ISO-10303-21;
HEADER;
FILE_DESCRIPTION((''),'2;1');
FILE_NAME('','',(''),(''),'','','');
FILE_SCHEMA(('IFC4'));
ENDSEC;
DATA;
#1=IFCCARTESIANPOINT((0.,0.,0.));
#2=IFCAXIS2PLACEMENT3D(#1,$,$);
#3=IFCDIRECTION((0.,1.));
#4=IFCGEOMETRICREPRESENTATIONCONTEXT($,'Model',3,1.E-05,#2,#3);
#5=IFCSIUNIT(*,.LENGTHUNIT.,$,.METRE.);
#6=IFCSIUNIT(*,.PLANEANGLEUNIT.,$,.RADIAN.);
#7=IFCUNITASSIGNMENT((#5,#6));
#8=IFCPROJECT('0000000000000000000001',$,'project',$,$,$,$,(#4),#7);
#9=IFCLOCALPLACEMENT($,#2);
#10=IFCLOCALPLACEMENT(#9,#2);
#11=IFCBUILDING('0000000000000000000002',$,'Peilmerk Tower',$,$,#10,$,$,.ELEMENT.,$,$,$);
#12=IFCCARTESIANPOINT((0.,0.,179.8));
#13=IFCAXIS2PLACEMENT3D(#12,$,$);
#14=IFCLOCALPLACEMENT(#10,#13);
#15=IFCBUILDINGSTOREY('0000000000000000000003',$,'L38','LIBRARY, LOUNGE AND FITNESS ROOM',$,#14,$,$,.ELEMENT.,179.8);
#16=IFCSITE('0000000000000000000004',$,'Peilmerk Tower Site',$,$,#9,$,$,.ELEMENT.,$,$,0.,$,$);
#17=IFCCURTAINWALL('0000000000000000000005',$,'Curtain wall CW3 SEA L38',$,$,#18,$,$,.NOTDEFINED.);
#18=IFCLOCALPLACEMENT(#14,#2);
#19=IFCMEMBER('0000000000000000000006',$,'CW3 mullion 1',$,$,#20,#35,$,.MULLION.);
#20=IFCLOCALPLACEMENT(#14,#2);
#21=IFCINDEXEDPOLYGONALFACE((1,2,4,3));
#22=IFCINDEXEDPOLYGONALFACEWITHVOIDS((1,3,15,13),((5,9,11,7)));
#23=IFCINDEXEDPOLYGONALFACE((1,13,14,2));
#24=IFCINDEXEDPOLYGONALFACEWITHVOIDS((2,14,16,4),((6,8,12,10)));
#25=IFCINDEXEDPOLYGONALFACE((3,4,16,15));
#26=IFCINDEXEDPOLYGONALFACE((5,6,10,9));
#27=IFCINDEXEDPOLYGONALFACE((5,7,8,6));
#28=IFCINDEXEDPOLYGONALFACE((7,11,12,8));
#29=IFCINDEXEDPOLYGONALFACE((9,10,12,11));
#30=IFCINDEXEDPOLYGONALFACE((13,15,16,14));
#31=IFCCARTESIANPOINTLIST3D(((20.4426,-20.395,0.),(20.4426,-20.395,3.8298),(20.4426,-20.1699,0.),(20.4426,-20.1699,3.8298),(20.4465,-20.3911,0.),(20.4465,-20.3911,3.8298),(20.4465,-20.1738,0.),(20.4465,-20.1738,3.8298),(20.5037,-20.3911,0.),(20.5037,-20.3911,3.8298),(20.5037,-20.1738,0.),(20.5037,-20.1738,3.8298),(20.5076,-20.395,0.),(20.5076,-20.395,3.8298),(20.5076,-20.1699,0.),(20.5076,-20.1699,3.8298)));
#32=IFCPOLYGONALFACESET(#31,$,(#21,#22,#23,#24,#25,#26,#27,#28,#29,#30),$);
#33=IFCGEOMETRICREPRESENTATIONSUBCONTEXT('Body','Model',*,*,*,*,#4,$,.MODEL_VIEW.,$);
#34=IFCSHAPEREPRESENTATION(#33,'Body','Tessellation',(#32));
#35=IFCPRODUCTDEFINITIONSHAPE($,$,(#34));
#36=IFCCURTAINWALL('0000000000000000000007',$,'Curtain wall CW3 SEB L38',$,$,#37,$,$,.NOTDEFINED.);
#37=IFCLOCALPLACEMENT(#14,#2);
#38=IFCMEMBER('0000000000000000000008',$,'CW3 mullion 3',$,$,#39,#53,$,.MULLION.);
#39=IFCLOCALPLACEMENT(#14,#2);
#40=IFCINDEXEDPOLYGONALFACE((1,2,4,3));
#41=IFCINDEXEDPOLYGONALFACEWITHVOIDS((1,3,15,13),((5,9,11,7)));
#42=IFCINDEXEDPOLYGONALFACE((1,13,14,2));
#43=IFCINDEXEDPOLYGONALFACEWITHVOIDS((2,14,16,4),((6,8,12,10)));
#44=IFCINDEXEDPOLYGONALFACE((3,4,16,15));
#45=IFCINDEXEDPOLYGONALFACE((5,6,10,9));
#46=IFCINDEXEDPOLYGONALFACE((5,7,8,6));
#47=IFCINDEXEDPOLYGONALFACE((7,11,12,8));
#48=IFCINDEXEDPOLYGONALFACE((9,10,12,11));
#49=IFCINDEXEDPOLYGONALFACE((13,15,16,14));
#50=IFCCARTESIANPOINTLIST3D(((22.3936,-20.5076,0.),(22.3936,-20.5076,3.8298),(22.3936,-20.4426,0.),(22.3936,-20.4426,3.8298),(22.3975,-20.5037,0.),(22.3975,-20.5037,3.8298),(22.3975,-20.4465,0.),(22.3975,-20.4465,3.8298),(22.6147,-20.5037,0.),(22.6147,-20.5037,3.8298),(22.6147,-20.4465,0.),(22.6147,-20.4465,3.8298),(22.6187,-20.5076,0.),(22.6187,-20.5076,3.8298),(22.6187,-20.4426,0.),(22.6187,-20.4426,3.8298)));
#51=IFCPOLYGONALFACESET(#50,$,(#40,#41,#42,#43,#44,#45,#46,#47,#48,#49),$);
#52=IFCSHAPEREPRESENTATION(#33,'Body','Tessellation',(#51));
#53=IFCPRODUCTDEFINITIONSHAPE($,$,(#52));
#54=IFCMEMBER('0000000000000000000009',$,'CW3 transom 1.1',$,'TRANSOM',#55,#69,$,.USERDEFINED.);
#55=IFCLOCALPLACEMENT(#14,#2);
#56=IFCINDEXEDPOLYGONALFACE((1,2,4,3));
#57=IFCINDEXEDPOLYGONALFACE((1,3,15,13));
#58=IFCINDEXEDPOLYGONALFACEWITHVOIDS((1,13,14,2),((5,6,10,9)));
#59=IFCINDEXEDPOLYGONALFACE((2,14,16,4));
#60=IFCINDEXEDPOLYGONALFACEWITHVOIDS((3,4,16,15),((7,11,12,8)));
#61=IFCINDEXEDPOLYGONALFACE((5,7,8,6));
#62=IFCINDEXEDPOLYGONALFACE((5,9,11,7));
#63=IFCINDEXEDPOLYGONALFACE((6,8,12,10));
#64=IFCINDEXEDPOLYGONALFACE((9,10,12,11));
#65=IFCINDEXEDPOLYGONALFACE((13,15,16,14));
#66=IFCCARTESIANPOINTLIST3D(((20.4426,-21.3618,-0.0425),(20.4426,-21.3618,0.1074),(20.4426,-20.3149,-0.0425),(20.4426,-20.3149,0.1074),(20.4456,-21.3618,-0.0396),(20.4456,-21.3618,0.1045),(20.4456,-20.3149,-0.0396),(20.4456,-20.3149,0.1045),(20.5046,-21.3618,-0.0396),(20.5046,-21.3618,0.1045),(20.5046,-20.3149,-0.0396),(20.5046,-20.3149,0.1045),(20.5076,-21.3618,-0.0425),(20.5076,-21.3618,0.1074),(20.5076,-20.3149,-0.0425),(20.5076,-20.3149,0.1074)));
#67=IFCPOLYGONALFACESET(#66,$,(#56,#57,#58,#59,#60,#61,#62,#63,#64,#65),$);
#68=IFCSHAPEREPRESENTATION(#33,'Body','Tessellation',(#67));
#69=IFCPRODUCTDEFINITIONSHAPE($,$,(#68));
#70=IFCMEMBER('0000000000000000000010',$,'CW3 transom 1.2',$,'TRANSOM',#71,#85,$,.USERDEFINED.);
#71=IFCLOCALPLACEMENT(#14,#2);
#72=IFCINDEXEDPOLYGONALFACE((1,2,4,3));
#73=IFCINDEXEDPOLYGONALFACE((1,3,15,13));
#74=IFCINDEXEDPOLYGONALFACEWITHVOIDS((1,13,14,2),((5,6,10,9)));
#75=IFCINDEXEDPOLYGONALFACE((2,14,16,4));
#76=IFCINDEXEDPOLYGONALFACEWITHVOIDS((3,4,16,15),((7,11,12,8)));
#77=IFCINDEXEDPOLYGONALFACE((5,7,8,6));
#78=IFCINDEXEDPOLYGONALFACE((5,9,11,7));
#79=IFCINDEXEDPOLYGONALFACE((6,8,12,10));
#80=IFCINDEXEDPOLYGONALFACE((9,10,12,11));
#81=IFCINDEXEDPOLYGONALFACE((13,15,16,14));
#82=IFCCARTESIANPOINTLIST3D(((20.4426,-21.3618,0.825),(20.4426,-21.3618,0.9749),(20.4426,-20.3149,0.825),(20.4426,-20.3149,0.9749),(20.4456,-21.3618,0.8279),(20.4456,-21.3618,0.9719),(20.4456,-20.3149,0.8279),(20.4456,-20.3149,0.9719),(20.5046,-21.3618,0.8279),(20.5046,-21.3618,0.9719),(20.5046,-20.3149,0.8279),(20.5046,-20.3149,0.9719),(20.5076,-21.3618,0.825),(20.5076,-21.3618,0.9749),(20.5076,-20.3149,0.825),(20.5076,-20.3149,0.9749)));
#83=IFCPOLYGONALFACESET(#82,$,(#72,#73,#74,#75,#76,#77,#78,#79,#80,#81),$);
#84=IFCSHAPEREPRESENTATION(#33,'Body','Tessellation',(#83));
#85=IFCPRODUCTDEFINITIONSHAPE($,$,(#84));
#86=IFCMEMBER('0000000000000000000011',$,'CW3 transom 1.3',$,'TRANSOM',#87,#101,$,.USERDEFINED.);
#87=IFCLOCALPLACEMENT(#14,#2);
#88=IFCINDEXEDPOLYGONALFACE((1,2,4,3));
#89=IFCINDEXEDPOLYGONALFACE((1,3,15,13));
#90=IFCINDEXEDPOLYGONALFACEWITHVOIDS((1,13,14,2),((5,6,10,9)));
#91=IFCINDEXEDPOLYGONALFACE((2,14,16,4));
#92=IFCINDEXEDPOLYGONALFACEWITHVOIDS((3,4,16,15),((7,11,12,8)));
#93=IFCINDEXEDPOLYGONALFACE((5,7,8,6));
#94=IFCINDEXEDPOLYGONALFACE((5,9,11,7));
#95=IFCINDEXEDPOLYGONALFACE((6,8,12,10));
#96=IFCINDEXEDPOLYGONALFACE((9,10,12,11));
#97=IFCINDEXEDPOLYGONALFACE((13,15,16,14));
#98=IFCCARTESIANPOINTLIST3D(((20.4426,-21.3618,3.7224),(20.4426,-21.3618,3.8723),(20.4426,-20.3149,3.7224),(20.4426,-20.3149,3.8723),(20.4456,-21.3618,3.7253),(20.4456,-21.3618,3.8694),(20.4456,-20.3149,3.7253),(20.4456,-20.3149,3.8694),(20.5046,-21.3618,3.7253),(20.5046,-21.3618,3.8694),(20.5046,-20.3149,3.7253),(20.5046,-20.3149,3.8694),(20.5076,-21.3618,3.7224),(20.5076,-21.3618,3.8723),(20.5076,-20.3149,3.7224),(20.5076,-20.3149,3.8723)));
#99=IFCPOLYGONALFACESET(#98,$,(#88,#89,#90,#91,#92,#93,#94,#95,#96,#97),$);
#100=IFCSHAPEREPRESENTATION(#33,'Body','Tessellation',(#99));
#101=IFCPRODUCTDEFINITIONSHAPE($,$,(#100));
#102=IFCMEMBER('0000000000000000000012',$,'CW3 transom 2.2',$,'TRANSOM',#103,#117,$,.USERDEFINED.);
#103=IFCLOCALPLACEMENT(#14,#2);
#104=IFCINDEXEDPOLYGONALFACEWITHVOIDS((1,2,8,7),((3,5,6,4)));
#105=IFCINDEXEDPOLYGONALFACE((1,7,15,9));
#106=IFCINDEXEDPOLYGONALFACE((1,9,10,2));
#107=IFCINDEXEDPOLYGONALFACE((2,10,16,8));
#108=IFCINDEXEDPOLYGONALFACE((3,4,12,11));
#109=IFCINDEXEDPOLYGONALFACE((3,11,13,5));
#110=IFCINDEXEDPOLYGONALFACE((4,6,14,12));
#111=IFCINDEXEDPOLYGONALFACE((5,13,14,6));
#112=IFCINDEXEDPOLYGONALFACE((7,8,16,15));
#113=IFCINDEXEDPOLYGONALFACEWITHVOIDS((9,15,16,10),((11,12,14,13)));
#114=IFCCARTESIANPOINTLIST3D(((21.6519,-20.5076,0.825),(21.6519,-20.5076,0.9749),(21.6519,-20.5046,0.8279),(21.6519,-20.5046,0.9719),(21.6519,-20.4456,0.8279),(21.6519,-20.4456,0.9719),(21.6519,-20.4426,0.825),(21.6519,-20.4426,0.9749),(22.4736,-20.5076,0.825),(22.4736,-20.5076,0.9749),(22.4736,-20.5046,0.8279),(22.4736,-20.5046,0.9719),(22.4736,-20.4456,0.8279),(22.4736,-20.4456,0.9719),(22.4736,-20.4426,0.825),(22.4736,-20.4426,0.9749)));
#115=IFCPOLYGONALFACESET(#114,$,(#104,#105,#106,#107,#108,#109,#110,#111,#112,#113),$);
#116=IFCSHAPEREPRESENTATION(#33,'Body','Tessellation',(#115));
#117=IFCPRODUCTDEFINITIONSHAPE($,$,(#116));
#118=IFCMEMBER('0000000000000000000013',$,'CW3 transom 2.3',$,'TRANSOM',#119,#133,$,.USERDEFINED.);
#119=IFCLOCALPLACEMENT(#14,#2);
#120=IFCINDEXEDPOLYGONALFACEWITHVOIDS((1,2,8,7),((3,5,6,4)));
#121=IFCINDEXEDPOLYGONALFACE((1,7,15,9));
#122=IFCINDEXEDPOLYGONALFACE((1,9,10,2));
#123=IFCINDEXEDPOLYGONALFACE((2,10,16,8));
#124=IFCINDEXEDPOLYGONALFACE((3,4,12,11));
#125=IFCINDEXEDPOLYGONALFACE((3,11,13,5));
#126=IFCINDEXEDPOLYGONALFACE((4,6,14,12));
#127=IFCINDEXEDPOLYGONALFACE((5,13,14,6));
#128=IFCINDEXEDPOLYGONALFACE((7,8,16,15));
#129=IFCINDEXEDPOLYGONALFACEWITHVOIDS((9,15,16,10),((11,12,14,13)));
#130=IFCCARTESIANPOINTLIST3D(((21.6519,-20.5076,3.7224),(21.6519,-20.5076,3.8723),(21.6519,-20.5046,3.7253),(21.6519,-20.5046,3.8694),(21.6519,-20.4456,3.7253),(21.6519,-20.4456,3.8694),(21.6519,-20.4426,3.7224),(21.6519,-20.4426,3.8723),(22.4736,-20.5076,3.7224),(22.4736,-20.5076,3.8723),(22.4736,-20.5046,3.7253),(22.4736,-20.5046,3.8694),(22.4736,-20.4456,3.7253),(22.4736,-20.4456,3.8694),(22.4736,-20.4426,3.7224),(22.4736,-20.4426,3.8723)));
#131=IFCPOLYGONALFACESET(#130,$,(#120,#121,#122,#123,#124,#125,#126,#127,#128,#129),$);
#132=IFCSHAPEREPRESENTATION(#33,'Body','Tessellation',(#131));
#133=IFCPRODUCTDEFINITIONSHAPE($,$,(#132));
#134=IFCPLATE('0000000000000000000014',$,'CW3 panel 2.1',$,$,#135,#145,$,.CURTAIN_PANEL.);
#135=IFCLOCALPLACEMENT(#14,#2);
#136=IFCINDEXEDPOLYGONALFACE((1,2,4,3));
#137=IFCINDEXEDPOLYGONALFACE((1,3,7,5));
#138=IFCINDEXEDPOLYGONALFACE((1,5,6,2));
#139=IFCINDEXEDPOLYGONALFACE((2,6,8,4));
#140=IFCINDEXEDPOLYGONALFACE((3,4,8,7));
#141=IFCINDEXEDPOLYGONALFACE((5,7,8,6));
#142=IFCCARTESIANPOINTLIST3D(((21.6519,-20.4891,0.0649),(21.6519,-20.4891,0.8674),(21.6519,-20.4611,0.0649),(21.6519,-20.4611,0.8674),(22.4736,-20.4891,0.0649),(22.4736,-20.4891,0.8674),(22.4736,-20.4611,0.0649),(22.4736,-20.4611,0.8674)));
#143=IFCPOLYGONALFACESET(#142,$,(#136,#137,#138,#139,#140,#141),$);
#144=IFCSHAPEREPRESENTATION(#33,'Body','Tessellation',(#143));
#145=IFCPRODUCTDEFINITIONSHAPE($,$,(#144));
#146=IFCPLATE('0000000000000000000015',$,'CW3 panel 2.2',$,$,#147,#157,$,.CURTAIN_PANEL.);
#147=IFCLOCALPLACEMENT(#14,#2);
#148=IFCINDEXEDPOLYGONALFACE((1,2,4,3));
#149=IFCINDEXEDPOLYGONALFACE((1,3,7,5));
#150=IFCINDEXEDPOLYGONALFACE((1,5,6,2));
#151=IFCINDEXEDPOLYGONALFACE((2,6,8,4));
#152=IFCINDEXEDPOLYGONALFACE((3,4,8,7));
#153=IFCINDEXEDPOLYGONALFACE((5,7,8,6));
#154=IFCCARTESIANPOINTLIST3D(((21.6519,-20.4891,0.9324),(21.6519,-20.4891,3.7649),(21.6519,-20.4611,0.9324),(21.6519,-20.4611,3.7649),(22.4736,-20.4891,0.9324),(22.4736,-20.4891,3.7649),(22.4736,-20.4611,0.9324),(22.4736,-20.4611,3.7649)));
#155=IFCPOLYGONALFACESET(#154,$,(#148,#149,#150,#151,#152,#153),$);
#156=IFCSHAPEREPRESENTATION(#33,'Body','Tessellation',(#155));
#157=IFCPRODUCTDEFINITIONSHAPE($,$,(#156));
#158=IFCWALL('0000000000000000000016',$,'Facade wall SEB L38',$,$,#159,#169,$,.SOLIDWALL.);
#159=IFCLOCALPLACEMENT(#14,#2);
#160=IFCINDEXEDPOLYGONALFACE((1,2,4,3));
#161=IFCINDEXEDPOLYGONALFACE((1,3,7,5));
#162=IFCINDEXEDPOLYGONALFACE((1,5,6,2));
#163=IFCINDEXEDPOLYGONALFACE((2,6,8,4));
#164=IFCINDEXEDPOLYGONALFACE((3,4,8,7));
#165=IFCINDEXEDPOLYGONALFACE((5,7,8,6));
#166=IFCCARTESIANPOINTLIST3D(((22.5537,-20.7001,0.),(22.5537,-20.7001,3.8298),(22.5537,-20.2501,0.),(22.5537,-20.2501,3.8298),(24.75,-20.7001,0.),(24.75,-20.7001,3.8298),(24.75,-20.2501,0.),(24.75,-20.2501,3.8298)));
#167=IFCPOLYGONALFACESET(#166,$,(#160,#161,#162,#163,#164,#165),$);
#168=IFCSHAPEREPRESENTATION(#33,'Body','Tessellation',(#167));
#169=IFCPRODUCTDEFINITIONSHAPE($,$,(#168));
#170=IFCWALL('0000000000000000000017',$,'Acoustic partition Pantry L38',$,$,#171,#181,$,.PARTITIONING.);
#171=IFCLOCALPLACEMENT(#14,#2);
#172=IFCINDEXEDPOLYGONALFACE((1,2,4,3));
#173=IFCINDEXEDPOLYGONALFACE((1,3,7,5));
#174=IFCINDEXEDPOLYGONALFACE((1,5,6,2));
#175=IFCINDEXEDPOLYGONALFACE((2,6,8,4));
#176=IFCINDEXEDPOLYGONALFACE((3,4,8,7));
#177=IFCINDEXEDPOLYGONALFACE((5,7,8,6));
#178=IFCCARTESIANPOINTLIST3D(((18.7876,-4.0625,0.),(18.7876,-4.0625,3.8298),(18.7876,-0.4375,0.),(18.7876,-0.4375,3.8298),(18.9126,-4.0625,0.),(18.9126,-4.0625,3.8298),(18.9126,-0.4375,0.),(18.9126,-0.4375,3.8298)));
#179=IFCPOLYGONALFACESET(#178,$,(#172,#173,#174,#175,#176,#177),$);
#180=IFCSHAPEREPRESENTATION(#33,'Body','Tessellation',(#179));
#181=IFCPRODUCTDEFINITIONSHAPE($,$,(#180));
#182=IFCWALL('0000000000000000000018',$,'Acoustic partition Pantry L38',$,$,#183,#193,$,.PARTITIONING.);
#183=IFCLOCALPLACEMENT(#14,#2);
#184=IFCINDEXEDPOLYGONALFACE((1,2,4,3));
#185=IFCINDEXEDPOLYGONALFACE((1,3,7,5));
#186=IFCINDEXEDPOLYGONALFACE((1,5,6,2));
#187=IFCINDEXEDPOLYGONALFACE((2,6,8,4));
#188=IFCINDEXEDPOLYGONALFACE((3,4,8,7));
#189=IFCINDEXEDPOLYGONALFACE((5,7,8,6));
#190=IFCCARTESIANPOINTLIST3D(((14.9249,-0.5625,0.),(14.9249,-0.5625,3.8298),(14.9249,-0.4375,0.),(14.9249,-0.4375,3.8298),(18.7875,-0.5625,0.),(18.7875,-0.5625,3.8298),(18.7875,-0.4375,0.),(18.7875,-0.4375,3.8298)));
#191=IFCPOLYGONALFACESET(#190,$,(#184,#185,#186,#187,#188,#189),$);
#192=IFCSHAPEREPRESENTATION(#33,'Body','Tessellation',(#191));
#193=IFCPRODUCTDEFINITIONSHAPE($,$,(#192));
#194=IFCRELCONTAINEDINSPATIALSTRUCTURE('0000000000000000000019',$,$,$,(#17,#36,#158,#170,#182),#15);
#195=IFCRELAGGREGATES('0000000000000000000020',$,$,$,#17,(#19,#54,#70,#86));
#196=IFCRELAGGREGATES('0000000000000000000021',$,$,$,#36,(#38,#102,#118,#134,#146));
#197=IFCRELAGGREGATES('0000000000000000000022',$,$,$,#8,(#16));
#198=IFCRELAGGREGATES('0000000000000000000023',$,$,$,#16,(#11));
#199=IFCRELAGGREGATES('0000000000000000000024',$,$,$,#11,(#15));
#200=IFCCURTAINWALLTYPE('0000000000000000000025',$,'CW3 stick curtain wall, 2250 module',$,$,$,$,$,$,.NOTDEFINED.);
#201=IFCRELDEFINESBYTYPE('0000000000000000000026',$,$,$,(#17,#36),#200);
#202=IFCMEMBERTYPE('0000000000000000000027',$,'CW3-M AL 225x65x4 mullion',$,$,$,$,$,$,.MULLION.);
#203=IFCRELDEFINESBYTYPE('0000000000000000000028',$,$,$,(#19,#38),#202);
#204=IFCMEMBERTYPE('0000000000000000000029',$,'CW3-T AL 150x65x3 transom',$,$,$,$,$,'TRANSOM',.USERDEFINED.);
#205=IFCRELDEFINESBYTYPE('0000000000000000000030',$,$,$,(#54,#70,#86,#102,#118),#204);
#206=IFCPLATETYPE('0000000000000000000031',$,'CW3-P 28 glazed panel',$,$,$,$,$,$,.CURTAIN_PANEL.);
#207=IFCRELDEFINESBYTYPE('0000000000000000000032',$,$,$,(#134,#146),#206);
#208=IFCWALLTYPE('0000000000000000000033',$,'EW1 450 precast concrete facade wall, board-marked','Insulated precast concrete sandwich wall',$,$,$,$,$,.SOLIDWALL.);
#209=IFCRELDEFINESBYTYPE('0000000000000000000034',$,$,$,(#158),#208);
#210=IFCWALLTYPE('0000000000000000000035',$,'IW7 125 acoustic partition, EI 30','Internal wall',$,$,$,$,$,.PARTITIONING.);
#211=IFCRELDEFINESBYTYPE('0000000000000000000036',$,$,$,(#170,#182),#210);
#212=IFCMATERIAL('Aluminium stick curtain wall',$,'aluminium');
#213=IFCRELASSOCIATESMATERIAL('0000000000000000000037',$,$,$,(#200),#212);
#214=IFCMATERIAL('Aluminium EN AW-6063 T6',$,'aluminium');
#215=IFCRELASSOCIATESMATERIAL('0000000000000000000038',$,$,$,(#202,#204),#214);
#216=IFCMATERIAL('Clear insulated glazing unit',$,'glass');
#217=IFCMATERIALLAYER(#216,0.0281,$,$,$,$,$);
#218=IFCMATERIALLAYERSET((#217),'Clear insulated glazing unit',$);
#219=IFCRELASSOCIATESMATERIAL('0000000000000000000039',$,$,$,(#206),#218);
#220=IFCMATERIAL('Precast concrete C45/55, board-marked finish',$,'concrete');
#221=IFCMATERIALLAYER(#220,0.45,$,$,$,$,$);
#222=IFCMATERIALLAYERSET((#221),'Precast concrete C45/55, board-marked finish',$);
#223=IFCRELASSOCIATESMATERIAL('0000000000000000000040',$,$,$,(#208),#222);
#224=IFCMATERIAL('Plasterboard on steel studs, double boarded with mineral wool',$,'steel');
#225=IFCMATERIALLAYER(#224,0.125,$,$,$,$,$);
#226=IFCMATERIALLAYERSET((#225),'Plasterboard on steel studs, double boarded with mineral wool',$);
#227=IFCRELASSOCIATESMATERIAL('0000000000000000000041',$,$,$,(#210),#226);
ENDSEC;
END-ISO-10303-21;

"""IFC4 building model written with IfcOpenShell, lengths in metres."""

from ifc_helpers import new_model, si_unit, direction, frame, frame_2d, origin, origin_2d, place, context, subcontext, project, spatial, rectangle, hollow_rectangle, extrude, material, layer, layer_set, material_profile, profile_set, type_object, element, aggregate, save


model = new_model("IFC4")

# Units and contexts
model_context = context("Model", 3, precision=1e-05, world=origin(), true_north=direction((0.0, 1.0)))
body_context = subcontext(model_context, "Body", "Model", "MODEL_VIEW")
ifc_project = project(units=[si_unit("LENGTHUNIT", "METRE"), si_unit("PLANEANGLEUNIT", "RADIAN")], contexts=[model_context])

# Site, building, storey
site_placement = place(None, origin())
site = spatial("IfcSite", under=ifc_project, at=site_placement, Name="Peilmerk Tower Site", CompositionType="ELEMENT", RefElevation=0.0)
building_placement = place(site_placement, origin())
building = spatial("IfcBuilding", under=site, at=building_placement, Name="Peilmerk Tower", CompositionType="ELEMENT")
storey_placement = place(building_placement, frame((0.0, 0.0, 179.8)))
storey = spatial("IfcBuildingStorey", under=building, at=storey_placement, Name="L38", Description="LIBRARY, LOUNGE AND FITNESS ROOM", CompositionType="ELEMENT", Elevation=179.8)

# Curtain walls, members
ifc_material_1 = material(Name="Aluminium stick curtain wall", Category="aluminium")
curtain_wall_type = type_object("IfcCurtainWallType", Name="CW3 stick curtain wall, 2250 module", PredefinedType="NOTDEFINED", material=ifc_material_1)
curtain_wall_1_placement = place(storey_placement, origin())
curtain_wall_1 = element("IfcCurtainWall", 1, at=curtain_wall_1_placement, inside=storey, type_object=curtain_wall_type, Name="Curtain wall CW3 SEA L38", PredefinedType="NOTDEFINED")
ifc_material_2 = material(Name="Aluminium EN AW-6063 T6", Category="aluminium")
ifc_material_profile_1 = material_profile(ifc_material_2, hollow_rectangle(XDim=0.0649, YDim=0.2251, WallThickness=0.0039, at=origin_2d()), Name="AL 225x65x4")
ifc_profile_set_1 = profile_set([ifc_material_profile_1], Name="Aluminium EN AW-6063 T6")
member_type_1 = type_object("IfcMemberType", Name="CW3-M AL 225x65x4 mullion", PredefinedType="MULLION", material=ifc_profile_set_1)
member_1_placement = place(storey_placement, frame((20.4751, -20.2825, 0.0), z_axis=(0.0, 0.0, 1.0), x_axis=(1.0, 0.0, 0.0)))
member_1 = element("IfcMember", 2, at=member_1_placement, type_object=member_type_1, Name="CW3 mullion 1", PredefinedType="MULLION", context=body_context, shape_type="SweptSolid", body=[
    extrude(hollow_rectangle(XDim=0.0649, YDim=0.2251, WallThickness=0.0039, at=origin_2d()), origin(), (0.0, 0.0, 1.0), 3.8298),
])
curtain_wall_2_placement = place(storey_placement, origin())
curtain_wall_2 = element("IfcCurtainWall", 3, at=curtain_wall_2_placement, inside=storey, type_object=curtain_wall_type, Name="Curtain wall CW3 SEB L38", PredefinedType="NOTDEFINED")
member_2_placement = place(storey_placement, frame((22.5061, -20.4751, 0.0), z_axis=(0.0, 0.0, 1.0), x_axis=(0.0, 1.0, 0.0)))
member_2 = element("IfcMember", 4, at=member_2_placement, type_object=member_type_1, Name="CW3 mullion 3", PredefinedType="MULLION", context=body_context, shape_type="SweptSolid", body=[
    extrude(hollow_rectangle(XDim=0.0649, YDim=0.2251, WallThickness=0.0039, at=origin_2d()), origin(), (0.0, 0.0, 1.0), 3.8298),
])

# Members
ifc_material_profile_2 = material_profile(ifc_material_2, hollow_rectangle(XDim=0.0649, YDim=0.1499, WallThickness=0.0029, at=origin_2d()), Name="AL 150x65x3")
ifc_profile_set_2 = profile_set([ifc_material_profile_2], Name="Aluminium EN AW-6063 T6")
member_type_2 = type_object("IfcMemberType", Name="CW3-T AL 150x65x3 transom", ElementType="TRANSOM", PredefinedType="USERDEFINED", material=ifc_profile_set_2)
member_3_placement = place(storey_placement, frame((20.4751, -20.3149, 0.0325), z_axis=(0.0, -1.0, 0.0), x_axis=(1.0, 0.0, 0.0)))
member_3 = element("IfcMember", 5, at=member_3_placement, type_object=member_type_2, Name="CW3 transom 1.1", ObjectType="TRANSOM", PredefinedType="USERDEFINED", context=body_context, shape_type="SweptSolid", body=[
    extrude(hollow_rectangle(XDim=0.0649, YDim=0.1499, WallThickness=0.0029, at=origin_2d()), origin(), (0.0, 0.0, 1.0), 1.0469),
])
member_4_placement = place(storey_placement, frame((20.4751, -20.3149, 0.8999), z_axis=(0.0, -1.0, 0.0), x_axis=(1.0, 0.0, 0.0)))
member_4 = element("IfcMember", 6, at=member_4_placement, type_object=member_type_2, Name="CW3 transom 1.2", ObjectType="TRANSOM", PredefinedType="USERDEFINED", context=body_context, shape_type="SweptSolid", body=[
    extrude(hollow_rectangle(XDim=0.0649, YDim=0.1499, WallThickness=0.0029, at=origin_2d()), origin(), (0.0, 0.0, 1.0), 1.0469),
])
member_5_placement = place(storey_placement, frame((20.4751, -20.3149, 3.7974), z_axis=(0.0, -1.0, 0.0), x_axis=(1.0, 0.0, 0.0)))
member_5 = element("IfcMember", 7, at=member_5_placement, type_object=member_type_2, Name="CW3 transom 1.3", ObjectType="TRANSOM", PredefinedType="USERDEFINED", context=body_context, shape_type="SweptSolid", body=[
    extrude(hollow_rectangle(XDim=0.0649, YDim=0.1499, WallThickness=0.0029, at=origin_2d()), origin(), (0.0, 0.0, 1.0), 1.0469),
])
aggregate(curtain_wall_1, [member_1, member_3, member_4, member_5])
member_6_placement = place(storey_placement, frame((21.6519, -20.4751, 0.8999), z_axis=(1.0, 0.0, 0.0), x_axis=(0.0, 1.0, 0.0)))
member_6 = element("IfcMember", 8, at=member_6_placement, type_object=member_type_2, Name="CW3 transom 2.2", ObjectType="TRANSOM", PredefinedType="USERDEFINED", context=body_context, shape_type="SweptSolid", body=[
    extrude(hollow_rectangle(XDim=0.0649, YDim=0.1499, WallThickness=0.0029, at=origin_2d()), origin(), (0.0, 0.0, 1.0), 0.8218),
])
member_7_placement = place(storey_placement, frame((21.6519, -20.4751, 3.7974), z_axis=(1.0, 0.0, 0.0), x_axis=(0.0, 1.0, 0.0)))
member_7 = element("IfcMember", 9, at=member_7_placement, type_object=member_type_2, Name="CW3 transom 2.3", ObjectType="TRANSOM", PredefinedType="USERDEFINED", context=body_context, shape_type="SweptSolid", body=[
    extrude(hollow_rectangle(XDim=0.0649, YDim=0.1499, WallThickness=0.0029, at=origin_2d()), origin(), (0.0, 0.0, 1.0), 0.8218),
])

# Plates
ifc_material_3 = material(Name="Clear insulated glazing unit", Category="glass")
ifc_layer_1 = layer(ifc_material_3, 0.0281)
ifc_layer_set_1 = layer_set([ifc_layer_1], Name="Clear insulated glazing unit")
plate_type = type_object("IfcPlateType", Name="CW3-P 28 glazed panel", PredefinedType="CURTAIN_PANEL", material=ifc_layer_set_1)
plate_1_placement = place(storey_placement, frame((22.0627, -20.4751, 0.0649), z_axis=(0.0, 0.0, 1.0), x_axis=(1.0, 0.0, 0.0)))
plate_1 = element("IfcPlate", 10, at=plate_1_placement, type_object=plate_type, Name="CW3 panel 2.1", PredefinedType="CURTAIN_PANEL", context=body_context, shape_type="SweptSolid", body=[
    extrude(rectangle(XDim=0.8218, YDim=0.0281, at=origin_2d()), origin(), (0.0, 0.0, 1.0), 0.8025),
])
plate_2_placement = place(storey_placement, frame((22.0627, -20.4751, 0.9324), z_axis=(0.0, 0.0, 1.0), x_axis=(1.0, 0.0, 0.0)))
plate_2 = element("IfcPlate", 11, at=plate_2_placement, type_object=plate_type, Name="CW3 panel 2.2", PredefinedType="CURTAIN_PANEL", context=body_context, shape_type="SweptSolid", body=[
    extrude(rectangle(XDim=0.8218, YDim=0.0281, at=origin_2d()), origin(), (0.0, 0.0, 1.0), 2.8325),
])
aggregate(curtain_wall_2, [member_2, member_6, member_7, plate_1, plate_2])

# Walls
ifc_material_4 = material(Name="Precast concrete C45/55, board-marked finish", Category="concrete")
ifc_layer_2 = layer(ifc_material_4, 0.45)
ifc_layer_set_2 = layer_set([ifc_layer_2], Name="Precast concrete C45/55, board-marked finish")
wall_type_1 = type_object("IfcWallType", Name="EW1 450 precast concrete facade wall, board-marked", Description="Insulated precast concrete sandwich wall", PredefinedType="SOLIDWALL", material=ifc_layer_set_2)
wall_1_placement = place(storey_placement, frame((22.5537, -20.4751, 0.0), z_axis=(0.0, 0.0, 1.0), x_axis=(1.0, 0.0, 0.0)))
element("IfcWall", 12, at=wall_1_placement, inside=storey, type_object=wall_type_1, Name="Facade wall SEB L38", PredefinedType="SOLIDWALL", context=body_context, shape_type="SweptSolid", body=[
    extrude(rectangle(XDim=2.1963, YDim=0.45, at=frame_2d((1.0981, 0.0))), origin(), (0.0, 0.0, 1.0), 3.8298),
])
ifc_material_5 = material(Name="Plasterboard on steel studs, double boarded with mineral wool", Category="steel")
ifc_layer_3 = layer(ifc_material_5, 0.125)
ifc_layer_set_3 = layer_set([ifc_layer_3], Name="Plasterboard on steel studs, double boarded with mineral wool")
wall_type_2 = type_object("IfcWallType", Name="IW7 125 acoustic partition, EI 30", Description="Internal wall", PredefinedType="PARTITIONING", material=ifc_layer_set_3)
wall_2_placement = place(storey_placement, frame((18.8501, -4.0625, 0.0), z_axis=(0.0, 0.0, 1.0), x_axis=(0.0, 1.0, 0.0)))
element("IfcWall", 13, at=wall_2_placement, inside=storey, type_object=wall_type_2, Name="Acoustic partition Pantry L38", PredefinedType="PARTITIONING", context=body_context, shape_type="SweptSolid", body=[
    extrude(rectangle(XDim=3.625, YDim=0.125, at=frame_2d((1.8125, 0.0))), origin(), (0.0, 0.0, 1.0), 3.8298),
])
wall_3_placement = place(storey_placement, frame((14.925, -0.5, 0.0), z_axis=(0.0, 0.0, 1.0), x_axis=(1.0, 0.0, 0.0)))
element("IfcWall", 14, at=wall_3_placement, inside=storey, type_object=wall_type_2, Name="Acoustic partition Pantry L38", PredefinedType="PARTITIONING", context=body_context, shape_type="SweptSolid", body=[
    extrude(rectangle(XDim=3.8625, YDim=0.125, at=frame_2d((1.9312, 0.0))), origin(), (0.0, 0.0, 1.0), 3.8298),
])

save(model, "model.ifc")
